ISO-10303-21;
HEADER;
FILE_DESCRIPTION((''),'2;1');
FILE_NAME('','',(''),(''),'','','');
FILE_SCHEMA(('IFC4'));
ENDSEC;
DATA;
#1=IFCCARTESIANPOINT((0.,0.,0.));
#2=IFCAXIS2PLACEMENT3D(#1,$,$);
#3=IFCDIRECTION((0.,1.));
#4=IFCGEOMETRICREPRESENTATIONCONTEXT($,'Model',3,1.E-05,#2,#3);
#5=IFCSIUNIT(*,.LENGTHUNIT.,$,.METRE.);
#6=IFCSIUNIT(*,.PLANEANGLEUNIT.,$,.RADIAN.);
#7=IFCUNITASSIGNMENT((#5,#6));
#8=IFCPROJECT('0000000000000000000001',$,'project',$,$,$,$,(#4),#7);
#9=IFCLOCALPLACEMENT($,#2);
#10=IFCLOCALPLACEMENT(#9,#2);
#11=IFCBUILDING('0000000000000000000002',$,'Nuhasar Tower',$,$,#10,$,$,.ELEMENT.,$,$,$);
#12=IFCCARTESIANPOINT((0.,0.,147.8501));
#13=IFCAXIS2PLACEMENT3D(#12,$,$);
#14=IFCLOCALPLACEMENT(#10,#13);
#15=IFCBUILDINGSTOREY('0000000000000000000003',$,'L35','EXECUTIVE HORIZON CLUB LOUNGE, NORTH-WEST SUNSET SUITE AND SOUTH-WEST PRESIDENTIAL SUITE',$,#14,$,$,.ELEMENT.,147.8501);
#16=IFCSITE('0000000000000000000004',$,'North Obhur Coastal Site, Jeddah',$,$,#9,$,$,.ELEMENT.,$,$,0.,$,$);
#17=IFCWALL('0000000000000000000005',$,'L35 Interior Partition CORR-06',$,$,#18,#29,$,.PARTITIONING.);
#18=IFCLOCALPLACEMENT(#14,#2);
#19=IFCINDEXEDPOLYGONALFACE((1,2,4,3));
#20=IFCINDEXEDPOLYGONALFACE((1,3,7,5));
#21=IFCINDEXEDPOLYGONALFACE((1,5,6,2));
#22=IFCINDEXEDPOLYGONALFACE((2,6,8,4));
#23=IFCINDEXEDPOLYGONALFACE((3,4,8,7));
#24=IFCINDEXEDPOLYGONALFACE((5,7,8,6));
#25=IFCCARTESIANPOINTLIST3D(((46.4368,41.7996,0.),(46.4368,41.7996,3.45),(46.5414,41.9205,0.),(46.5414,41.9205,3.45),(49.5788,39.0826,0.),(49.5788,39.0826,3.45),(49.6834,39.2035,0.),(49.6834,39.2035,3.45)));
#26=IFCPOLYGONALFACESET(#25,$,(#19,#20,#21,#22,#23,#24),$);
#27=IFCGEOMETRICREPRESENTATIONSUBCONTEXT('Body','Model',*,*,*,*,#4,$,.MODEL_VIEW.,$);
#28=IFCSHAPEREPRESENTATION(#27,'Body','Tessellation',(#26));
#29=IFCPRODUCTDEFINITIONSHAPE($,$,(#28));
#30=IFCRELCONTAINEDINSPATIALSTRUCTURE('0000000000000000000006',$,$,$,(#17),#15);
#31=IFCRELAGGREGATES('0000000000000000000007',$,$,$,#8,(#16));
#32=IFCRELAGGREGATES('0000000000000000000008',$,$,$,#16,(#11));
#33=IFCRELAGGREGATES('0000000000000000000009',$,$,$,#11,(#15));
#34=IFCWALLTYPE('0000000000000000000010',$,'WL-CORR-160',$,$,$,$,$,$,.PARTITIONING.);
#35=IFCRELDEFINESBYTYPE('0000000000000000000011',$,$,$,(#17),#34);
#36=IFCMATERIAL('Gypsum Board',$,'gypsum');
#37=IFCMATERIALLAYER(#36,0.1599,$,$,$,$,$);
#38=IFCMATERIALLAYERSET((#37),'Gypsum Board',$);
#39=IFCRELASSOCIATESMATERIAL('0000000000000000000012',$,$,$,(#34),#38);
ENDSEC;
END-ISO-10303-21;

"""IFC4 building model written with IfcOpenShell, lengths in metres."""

from ifc_helpers import new_model, si_unit, direction, frame, frame_2d, origin, place, context, subcontext, project, spatial, rectangle, extrude, material, layer, layer_set, type_object, element, save


model = new_model("IFC4")

# Units and contexts
model_context = context("Model", 3, precision=1e-05, world=origin(), true_north=direction((0.0, 1.0)))
body_context = subcontext(model_context, "Body", "Model", "MODEL_VIEW")
ifc_project = project(units=[si_unit("LENGTHUNIT", "METRE"), si_unit("PLANEANGLEUNIT", "RADIAN")], contexts=[model_context])

# Site, building, storey
site_placement = place(None, origin())
site = spatial("IfcSite", under=ifc_project, at=site_placement, Name="North Obhur Coastal Site, Jeddah", CompositionType="ELEMENT", RefElevation=0.0)
building_placement = place(site_placement, origin())
building = spatial("IfcBuilding", under=site, at=building_placement, Name="Nuhasar Tower", CompositionType="ELEMENT")
storey_placement = place(building_placement, frame((0.0, 0.0, 147.8501)))
storey = spatial("IfcBuildingStorey", under=building, at=storey_placement, Name="L35", Description="EXECUTIVE HORIZON CLUB LOUNGE, NORTH-WEST SUNSET SUITE AND SOUTH-WEST PRESIDENTIAL SUITE", CompositionType="ELEMENT", Elevation=147.8501)

# Shared definitions
ifc_material_1 = material(Name="Gypsum Board", Category="gypsum")
ifc_layer_1 = layer(ifc_material_1, 0.1599)
ifc_layer_set_1 = layer_set([ifc_layer_1], Name="Gypsum Board")
wall_type = type_object("IfcWallType", Name="WL-CORR-160", PredefinedType="PARTITIONING", material=ifc_layer_set_1)

# Wall
wall_1_placement = place(storey_placement, frame((49.6311, 39.1431, 0.0), z_axis=(0.0, 0.0, 1.0), x_axis=(-0.756416, 0.654091, 0.0)))
element("IfcWall", 1, at=wall_1_placement, inside=storey, type_object=wall_type, Name="L35 Interior Partition CORR-06", PredefinedType="PARTITIONING", context=body_context, shape_type="SweptSolid", body=[
    extrude(rectangle(XDim=4.1538, YDim=0.1599, at=frame_2d((2.0769, 0.0))), origin(), (0.0, 0.0, 1.0), 3.45),
])

save(model, "model.ifc")
